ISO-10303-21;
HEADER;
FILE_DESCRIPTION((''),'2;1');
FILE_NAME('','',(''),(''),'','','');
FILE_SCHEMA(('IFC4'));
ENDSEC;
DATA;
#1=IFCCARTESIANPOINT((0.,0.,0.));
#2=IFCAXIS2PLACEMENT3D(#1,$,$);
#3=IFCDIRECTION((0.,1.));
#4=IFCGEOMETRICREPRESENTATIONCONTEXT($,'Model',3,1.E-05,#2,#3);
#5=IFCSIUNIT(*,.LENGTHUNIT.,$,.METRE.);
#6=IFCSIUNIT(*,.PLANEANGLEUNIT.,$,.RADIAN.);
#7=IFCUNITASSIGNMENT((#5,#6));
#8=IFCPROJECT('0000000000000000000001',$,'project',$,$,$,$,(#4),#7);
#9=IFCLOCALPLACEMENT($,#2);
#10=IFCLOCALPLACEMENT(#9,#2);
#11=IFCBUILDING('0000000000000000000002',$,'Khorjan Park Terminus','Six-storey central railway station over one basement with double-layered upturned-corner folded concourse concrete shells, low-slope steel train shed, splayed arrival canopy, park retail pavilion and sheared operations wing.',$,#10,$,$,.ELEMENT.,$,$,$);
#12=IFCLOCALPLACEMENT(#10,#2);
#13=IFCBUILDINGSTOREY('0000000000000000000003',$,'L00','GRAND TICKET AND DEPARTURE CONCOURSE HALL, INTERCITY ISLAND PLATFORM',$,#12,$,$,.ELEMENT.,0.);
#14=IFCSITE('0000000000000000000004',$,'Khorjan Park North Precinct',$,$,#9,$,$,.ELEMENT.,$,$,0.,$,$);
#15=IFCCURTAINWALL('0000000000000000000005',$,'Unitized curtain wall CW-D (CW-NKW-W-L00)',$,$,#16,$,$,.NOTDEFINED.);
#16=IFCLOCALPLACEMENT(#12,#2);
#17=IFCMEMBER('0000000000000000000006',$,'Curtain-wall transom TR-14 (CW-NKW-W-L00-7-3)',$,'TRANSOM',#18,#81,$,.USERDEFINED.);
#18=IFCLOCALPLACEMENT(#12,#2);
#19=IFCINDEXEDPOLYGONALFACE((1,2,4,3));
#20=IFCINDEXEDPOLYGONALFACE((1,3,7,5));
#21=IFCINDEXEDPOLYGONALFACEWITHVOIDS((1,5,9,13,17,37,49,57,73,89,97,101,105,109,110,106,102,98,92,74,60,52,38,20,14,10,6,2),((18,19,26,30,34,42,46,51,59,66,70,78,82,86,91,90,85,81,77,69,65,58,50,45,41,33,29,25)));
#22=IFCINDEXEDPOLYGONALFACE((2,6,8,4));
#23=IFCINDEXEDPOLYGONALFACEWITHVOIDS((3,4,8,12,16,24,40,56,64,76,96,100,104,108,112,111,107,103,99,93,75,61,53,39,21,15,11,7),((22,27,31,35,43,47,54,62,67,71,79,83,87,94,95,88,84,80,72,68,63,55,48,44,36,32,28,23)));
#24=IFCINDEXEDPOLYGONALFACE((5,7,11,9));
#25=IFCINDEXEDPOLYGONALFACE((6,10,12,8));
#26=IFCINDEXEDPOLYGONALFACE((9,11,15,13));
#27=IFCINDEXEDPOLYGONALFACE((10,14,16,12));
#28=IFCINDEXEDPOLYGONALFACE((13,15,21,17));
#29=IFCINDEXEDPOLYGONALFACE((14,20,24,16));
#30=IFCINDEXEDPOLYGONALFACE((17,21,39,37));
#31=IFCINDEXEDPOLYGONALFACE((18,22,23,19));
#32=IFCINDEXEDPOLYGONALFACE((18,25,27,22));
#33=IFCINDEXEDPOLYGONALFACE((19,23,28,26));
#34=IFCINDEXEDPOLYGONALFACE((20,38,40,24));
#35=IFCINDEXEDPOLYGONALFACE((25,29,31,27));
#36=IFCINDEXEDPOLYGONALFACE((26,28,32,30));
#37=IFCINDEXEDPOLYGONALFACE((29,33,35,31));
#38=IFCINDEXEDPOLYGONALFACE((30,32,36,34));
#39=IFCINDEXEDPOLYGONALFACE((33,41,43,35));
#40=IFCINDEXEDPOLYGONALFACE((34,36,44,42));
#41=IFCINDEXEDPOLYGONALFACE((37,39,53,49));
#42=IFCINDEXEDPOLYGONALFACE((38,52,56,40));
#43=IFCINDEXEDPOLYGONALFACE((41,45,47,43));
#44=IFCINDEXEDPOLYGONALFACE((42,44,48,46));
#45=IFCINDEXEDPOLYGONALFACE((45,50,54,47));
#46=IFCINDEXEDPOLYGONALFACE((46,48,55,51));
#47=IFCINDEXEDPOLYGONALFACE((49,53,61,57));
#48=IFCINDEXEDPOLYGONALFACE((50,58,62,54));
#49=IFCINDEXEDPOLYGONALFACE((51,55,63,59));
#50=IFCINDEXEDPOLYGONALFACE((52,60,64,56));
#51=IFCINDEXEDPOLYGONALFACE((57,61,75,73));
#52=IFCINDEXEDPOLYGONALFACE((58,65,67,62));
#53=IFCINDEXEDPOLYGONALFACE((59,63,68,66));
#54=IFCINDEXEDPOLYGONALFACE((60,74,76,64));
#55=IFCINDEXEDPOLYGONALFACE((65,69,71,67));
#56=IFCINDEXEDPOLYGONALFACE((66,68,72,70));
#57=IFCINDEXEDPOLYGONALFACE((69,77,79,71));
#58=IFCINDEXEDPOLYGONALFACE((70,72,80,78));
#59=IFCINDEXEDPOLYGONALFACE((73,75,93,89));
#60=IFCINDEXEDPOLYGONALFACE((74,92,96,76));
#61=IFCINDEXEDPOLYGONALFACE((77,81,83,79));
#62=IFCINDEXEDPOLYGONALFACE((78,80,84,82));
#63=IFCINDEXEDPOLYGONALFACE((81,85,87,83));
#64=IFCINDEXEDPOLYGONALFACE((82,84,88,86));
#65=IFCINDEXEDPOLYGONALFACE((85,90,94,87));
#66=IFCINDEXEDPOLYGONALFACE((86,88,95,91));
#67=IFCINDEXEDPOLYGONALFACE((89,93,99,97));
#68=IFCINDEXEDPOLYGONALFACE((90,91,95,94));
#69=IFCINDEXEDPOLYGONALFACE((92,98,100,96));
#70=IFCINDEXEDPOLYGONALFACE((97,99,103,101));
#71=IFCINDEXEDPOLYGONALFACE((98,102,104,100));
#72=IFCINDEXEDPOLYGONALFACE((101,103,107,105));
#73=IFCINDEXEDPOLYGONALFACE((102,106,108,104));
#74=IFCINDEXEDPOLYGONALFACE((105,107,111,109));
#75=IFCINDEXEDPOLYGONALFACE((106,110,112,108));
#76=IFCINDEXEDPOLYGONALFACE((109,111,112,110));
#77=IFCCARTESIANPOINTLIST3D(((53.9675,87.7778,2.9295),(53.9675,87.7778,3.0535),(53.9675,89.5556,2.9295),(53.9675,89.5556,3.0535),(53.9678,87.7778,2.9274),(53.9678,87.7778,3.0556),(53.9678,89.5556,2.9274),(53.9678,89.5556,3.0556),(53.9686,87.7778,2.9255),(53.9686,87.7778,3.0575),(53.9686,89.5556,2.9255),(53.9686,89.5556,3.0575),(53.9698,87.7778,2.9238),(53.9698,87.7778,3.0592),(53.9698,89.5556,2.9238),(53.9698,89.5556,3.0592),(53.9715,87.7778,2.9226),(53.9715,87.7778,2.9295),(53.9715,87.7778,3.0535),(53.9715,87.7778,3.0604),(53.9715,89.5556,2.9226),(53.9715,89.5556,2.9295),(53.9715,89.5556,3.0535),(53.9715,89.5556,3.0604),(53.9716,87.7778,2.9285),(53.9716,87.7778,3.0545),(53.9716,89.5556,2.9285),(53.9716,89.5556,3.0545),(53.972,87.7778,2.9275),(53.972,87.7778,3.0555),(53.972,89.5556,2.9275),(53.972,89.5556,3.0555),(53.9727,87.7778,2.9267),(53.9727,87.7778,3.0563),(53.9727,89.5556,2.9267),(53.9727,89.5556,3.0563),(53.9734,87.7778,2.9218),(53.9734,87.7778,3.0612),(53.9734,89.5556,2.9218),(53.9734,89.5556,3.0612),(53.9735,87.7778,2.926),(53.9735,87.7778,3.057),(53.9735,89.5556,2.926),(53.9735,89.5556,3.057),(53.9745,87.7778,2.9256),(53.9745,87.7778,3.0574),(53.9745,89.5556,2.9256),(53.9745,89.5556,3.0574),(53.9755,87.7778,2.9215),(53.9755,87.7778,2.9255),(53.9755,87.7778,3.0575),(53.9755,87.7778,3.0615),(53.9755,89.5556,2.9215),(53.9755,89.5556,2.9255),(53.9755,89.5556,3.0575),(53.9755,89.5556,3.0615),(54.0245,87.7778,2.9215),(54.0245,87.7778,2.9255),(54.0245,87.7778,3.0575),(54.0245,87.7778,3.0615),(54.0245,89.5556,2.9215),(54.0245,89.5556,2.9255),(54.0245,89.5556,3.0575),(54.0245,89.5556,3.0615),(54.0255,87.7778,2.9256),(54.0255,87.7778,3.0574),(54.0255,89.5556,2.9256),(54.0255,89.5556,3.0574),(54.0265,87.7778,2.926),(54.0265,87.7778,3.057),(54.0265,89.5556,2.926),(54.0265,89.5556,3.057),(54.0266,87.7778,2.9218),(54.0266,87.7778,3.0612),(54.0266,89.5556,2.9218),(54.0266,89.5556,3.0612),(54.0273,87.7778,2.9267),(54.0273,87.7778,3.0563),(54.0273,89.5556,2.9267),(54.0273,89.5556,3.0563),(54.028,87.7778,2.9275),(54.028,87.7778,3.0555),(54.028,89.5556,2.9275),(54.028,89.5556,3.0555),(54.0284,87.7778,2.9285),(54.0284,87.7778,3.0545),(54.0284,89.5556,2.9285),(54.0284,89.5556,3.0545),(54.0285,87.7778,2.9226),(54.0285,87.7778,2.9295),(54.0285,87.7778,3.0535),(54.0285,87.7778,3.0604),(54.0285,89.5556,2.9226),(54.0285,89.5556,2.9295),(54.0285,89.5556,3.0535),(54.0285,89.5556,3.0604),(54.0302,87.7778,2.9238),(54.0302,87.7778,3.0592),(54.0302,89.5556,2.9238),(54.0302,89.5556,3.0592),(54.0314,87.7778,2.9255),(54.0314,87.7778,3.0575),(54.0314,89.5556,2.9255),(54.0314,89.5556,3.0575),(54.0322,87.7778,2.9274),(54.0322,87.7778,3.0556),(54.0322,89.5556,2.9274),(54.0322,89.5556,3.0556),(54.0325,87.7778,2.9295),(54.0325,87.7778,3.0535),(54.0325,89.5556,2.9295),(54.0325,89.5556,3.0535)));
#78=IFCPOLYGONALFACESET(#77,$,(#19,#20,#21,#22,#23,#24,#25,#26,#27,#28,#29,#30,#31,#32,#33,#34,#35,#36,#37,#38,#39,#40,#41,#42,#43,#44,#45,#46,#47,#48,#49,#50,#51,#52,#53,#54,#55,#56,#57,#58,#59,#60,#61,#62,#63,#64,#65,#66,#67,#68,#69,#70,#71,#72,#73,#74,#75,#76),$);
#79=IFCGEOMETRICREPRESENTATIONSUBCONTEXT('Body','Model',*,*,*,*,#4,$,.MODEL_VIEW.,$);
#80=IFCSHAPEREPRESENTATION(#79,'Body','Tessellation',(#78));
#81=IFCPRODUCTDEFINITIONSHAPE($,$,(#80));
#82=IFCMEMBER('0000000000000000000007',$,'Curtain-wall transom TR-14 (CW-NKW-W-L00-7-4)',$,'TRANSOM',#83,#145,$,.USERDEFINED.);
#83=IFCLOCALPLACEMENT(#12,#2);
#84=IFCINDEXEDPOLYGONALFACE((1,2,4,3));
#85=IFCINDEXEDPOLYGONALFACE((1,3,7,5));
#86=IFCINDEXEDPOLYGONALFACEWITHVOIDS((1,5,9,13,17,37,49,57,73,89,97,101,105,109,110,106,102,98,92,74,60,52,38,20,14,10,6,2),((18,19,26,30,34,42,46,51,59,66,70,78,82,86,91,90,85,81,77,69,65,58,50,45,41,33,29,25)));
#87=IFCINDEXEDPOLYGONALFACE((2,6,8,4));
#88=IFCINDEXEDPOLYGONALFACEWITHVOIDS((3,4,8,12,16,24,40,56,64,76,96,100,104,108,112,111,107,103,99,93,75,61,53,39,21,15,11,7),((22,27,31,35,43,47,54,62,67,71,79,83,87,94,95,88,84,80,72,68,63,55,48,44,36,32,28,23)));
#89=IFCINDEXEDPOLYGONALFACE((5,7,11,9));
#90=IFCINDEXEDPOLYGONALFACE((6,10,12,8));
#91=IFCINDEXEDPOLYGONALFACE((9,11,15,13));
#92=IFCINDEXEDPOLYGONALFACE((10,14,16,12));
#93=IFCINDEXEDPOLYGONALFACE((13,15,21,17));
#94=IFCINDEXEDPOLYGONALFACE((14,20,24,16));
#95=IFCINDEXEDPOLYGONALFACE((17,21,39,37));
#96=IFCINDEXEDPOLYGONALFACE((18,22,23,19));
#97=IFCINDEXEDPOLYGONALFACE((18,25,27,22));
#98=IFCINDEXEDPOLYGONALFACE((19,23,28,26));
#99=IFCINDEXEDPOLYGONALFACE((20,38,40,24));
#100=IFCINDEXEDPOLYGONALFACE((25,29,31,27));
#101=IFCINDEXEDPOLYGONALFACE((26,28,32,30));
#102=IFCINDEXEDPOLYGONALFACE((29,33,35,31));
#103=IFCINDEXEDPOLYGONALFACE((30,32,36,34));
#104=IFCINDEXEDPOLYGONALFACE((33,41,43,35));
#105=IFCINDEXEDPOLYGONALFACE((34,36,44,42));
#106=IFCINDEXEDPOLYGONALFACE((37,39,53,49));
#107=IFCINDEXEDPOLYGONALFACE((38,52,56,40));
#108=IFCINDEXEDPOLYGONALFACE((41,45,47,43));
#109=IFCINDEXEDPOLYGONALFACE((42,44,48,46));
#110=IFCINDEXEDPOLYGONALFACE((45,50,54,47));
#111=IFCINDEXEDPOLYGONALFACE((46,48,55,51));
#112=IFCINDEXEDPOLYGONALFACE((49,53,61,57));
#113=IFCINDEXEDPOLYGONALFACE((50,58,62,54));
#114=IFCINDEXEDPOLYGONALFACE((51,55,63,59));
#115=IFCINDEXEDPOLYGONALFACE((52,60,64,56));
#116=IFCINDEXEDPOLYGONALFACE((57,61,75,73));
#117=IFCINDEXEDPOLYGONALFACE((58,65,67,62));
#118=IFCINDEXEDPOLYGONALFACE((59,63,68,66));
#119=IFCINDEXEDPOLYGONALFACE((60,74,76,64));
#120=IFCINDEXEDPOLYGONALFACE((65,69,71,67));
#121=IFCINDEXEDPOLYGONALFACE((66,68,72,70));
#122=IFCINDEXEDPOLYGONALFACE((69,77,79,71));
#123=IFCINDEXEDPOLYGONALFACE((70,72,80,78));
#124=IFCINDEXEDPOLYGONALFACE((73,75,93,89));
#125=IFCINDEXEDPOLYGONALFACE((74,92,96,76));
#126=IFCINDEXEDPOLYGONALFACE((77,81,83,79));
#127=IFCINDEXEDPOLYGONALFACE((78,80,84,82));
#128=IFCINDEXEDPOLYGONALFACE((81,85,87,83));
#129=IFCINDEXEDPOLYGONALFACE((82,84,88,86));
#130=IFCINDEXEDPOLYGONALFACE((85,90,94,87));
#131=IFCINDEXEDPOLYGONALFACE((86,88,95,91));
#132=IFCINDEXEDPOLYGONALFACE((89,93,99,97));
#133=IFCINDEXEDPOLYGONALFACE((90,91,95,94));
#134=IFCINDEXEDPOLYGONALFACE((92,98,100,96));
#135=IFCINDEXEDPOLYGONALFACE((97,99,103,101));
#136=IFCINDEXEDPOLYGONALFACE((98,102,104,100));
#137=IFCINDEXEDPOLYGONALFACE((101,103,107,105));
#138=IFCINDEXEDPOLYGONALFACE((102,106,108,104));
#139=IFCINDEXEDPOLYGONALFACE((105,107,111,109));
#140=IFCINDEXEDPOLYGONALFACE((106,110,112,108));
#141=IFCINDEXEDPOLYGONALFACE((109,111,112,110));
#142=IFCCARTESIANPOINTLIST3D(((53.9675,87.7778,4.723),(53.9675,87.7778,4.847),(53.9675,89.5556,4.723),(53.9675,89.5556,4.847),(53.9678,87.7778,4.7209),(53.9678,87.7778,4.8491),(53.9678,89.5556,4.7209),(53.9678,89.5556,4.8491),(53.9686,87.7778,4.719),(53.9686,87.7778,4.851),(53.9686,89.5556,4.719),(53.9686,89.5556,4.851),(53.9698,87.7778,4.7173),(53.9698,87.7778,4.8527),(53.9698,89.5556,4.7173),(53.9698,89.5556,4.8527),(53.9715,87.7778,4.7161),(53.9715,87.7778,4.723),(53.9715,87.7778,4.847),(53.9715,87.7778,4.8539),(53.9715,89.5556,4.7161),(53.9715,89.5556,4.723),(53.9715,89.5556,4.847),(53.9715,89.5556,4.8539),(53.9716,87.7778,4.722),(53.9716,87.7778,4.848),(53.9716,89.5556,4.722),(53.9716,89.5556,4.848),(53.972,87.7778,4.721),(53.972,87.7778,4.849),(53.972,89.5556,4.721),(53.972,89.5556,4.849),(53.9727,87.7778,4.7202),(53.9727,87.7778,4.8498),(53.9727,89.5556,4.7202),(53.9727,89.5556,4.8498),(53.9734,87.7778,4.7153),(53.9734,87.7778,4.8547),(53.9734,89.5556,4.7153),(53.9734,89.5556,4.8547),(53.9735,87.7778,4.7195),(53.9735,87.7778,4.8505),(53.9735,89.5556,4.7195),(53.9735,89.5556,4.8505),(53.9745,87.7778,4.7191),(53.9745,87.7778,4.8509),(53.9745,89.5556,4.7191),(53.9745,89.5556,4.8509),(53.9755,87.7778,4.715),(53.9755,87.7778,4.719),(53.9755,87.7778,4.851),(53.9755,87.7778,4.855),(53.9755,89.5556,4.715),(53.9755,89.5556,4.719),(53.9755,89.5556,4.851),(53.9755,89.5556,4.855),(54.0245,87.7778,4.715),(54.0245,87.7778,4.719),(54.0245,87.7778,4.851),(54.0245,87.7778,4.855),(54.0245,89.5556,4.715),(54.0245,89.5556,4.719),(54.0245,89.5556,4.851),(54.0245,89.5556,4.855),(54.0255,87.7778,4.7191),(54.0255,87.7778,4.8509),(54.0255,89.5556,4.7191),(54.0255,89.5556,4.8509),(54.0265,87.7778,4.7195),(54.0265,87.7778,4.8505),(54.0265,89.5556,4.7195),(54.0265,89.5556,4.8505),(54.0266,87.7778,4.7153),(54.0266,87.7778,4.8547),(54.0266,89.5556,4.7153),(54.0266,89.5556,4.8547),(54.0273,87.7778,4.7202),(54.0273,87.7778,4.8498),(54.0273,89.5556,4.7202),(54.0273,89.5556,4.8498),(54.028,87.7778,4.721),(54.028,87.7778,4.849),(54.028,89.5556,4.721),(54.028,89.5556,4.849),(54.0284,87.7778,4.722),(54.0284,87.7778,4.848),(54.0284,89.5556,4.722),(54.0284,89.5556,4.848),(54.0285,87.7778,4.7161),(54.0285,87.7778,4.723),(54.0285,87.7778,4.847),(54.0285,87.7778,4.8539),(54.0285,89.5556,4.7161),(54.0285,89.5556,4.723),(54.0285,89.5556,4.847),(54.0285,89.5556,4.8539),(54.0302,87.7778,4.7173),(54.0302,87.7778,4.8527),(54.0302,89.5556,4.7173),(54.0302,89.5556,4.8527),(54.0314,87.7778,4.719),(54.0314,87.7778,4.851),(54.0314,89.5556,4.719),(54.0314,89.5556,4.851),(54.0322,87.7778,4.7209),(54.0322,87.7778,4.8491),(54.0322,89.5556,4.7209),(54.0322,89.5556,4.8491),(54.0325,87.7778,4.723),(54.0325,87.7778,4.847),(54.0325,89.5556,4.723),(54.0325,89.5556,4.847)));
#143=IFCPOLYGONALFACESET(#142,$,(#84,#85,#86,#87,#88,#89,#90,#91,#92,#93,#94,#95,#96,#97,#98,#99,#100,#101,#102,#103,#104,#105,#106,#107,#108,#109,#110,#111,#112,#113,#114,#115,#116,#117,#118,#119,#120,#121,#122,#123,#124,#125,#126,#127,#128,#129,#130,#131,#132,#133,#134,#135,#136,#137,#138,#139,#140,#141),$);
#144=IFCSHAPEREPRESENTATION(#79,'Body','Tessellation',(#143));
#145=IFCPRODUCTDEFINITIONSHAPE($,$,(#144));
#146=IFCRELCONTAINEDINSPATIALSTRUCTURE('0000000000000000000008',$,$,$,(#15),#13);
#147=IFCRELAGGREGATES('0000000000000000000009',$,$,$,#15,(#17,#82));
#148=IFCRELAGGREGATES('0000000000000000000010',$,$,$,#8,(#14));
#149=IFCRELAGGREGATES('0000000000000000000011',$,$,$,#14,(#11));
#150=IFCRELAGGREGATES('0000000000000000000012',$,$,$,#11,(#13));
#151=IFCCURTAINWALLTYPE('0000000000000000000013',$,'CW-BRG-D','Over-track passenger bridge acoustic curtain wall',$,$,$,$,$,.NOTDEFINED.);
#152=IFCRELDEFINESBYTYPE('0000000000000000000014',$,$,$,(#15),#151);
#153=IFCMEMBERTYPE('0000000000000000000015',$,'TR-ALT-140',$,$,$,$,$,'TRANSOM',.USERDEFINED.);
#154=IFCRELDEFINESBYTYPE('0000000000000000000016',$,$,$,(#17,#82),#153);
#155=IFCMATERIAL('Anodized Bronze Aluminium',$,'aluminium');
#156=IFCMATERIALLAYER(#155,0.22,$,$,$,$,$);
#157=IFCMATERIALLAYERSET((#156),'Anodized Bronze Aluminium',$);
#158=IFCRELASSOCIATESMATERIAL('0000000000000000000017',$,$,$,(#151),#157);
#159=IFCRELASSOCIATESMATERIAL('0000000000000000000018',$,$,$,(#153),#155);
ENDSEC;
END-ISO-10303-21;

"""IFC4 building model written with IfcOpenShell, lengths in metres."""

from ifc_helpers import new_model, si_unit, direction, frame, origin, origin_2d, place, context, subcontext, project, spatial, hollow_rectangle, extrude, material, layer, layer_set, material_profile, profile_set, type_object, element, aggregate, save


model = new_model("IFC4")

# Units and contexts
model_context = context("Model", 3, precision=1e-05, world=origin(), true_north=direction((0.0, 1.0)))
body_context = subcontext(model_context, "Body", "Model", "MODEL_VIEW")
ifc_project = project(units=[si_unit("LENGTHUNIT", "METRE"), si_unit("PLANEANGLEUNIT", "RADIAN")], contexts=[model_context])

# Site, building, storey
site_placement = place(None, origin())
site = spatial("IfcSite", under=ifc_project, at=site_placement, Name="Khorjan Park North Precinct", CompositionType="ELEMENT", RefElevation=0.0)
building_placement = place(site_placement, origin())
building = spatial("IfcBuilding", under=site, at=building_placement, Name="Khorjan Park Terminus", Description="Six-storey central railway station over one basement with double-layered upturned-corner folded concourse concrete shells, low-slope steel train shed, splayed arrival canopy, park retail pavilion and sheared operations wing.", CompositionType="ELEMENT")
storey_placement = place(building_placement, origin())
storey = spatial("IfcBuildingStorey", under=building, at=storey_placement, Name="L00", Description="GRAND TICKET AND DEPARTURE CONCOURSE HALL, INTERCITY ISLAND PLATFORM", CompositionType="ELEMENT", Elevation=0.0)

# Curtain wall, members
ifc_material_1 = material(Name="Anodized Bronze Aluminium", Category="aluminium")
ifc_layer_1 = layer(ifc_material_1, 0.22)
ifc_layer_set_1 = layer_set([ifc_layer_1], Name="Anodized Bronze Aluminium")
curtain_wall_type = type_object("IfcCurtainWallType", Name="CW-BRG-D", Description="Over-track passenger bridge acoustic curtain wall", PredefinedType="NOTDEFINED", material=ifc_layer_set_1)
curtain_wall_placement = place(storey_placement, origin())
curtain_wall = element("IfcCurtainWall", 1, at=curtain_wall_placement, inside=storey, type_object=curtain_wall_type, Name="Unitized curtain wall CW-D (CW-NKW-W-L00)", PredefinedType="NOTDEFINED")
ifc_material_profile_1 = material_profile(ifc_material_1, hollow_rectangle(XDim=0.065, YDim=0.14, WallThickness=0.004, InnerFilletRadius=0.004, OuterFilletRadius=0.008, at=origin_2d()), Name="ALT 65x140x4")
ifc_profile_set_1 = profile_set([ifc_material_profile_1], Name="Anodized Bronze Aluminium")
member_type_1 = type_object("IfcMemberType", Name="TR-ALT-140", ElementType="TRANSOM", PredefinedType="USERDEFINED", material=ifc_profile_set_1)
member_1_placement = place(storey_placement, frame((54.0, 89.5556, 2.9915), z_axis=(0.0, -1.0, 0.0), x_axis=(1.0, 0.0, 0.0)))
member_1 = element("IfcMember", 2, at=member_1_placement, type_object=member_type_1, Name="Curtain-wall transom TR-14 (CW-NKW-W-L00-7-3)", ObjectType="TRANSOM", PredefinedType="USERDEFINED", context=body_context, shape_type="SweptSolid", body=[
    extrude(hollow_rectangle(XDim=0.065, YDim=0.14, WallThickness=0.004, InnerFilletRadius=0.004, OuterFilletRadius=0.008, at=origin_2d()), origin(), (0.0, 0.0, 1.0), 1.7778),
])
member_2_placement = place(storey_placement, frame((54.0, 89.5556, 4.785), z_axis=(0.0, -1.0, 0.0), x_axis=(1.0, 0.0, 0.0)))
member_2 = element("IfcMember", 3, at=member_2_placement, type_object=member_type_1, Name="Curtain-wall transom TR-14 (CW-NKW-W-L00-7-4)", ObjectType="TRANSOM", PredefinedType="USERDEFINED", context=body_context, shape_type="SweptSolid", body=[
    extrude(hollow_rectangle(XDim=0.065, YDim=0.14, WallThickness=0.004, InnerFilletRadius=0.004, OuterFilletRadius=0.008, at=origin_2d()), origin(), (0.0, 0.0, 1.0), 1.7778),
])
aggregate(curtain_wall, [member_1, member_2])

save(model, "model.ifc")
